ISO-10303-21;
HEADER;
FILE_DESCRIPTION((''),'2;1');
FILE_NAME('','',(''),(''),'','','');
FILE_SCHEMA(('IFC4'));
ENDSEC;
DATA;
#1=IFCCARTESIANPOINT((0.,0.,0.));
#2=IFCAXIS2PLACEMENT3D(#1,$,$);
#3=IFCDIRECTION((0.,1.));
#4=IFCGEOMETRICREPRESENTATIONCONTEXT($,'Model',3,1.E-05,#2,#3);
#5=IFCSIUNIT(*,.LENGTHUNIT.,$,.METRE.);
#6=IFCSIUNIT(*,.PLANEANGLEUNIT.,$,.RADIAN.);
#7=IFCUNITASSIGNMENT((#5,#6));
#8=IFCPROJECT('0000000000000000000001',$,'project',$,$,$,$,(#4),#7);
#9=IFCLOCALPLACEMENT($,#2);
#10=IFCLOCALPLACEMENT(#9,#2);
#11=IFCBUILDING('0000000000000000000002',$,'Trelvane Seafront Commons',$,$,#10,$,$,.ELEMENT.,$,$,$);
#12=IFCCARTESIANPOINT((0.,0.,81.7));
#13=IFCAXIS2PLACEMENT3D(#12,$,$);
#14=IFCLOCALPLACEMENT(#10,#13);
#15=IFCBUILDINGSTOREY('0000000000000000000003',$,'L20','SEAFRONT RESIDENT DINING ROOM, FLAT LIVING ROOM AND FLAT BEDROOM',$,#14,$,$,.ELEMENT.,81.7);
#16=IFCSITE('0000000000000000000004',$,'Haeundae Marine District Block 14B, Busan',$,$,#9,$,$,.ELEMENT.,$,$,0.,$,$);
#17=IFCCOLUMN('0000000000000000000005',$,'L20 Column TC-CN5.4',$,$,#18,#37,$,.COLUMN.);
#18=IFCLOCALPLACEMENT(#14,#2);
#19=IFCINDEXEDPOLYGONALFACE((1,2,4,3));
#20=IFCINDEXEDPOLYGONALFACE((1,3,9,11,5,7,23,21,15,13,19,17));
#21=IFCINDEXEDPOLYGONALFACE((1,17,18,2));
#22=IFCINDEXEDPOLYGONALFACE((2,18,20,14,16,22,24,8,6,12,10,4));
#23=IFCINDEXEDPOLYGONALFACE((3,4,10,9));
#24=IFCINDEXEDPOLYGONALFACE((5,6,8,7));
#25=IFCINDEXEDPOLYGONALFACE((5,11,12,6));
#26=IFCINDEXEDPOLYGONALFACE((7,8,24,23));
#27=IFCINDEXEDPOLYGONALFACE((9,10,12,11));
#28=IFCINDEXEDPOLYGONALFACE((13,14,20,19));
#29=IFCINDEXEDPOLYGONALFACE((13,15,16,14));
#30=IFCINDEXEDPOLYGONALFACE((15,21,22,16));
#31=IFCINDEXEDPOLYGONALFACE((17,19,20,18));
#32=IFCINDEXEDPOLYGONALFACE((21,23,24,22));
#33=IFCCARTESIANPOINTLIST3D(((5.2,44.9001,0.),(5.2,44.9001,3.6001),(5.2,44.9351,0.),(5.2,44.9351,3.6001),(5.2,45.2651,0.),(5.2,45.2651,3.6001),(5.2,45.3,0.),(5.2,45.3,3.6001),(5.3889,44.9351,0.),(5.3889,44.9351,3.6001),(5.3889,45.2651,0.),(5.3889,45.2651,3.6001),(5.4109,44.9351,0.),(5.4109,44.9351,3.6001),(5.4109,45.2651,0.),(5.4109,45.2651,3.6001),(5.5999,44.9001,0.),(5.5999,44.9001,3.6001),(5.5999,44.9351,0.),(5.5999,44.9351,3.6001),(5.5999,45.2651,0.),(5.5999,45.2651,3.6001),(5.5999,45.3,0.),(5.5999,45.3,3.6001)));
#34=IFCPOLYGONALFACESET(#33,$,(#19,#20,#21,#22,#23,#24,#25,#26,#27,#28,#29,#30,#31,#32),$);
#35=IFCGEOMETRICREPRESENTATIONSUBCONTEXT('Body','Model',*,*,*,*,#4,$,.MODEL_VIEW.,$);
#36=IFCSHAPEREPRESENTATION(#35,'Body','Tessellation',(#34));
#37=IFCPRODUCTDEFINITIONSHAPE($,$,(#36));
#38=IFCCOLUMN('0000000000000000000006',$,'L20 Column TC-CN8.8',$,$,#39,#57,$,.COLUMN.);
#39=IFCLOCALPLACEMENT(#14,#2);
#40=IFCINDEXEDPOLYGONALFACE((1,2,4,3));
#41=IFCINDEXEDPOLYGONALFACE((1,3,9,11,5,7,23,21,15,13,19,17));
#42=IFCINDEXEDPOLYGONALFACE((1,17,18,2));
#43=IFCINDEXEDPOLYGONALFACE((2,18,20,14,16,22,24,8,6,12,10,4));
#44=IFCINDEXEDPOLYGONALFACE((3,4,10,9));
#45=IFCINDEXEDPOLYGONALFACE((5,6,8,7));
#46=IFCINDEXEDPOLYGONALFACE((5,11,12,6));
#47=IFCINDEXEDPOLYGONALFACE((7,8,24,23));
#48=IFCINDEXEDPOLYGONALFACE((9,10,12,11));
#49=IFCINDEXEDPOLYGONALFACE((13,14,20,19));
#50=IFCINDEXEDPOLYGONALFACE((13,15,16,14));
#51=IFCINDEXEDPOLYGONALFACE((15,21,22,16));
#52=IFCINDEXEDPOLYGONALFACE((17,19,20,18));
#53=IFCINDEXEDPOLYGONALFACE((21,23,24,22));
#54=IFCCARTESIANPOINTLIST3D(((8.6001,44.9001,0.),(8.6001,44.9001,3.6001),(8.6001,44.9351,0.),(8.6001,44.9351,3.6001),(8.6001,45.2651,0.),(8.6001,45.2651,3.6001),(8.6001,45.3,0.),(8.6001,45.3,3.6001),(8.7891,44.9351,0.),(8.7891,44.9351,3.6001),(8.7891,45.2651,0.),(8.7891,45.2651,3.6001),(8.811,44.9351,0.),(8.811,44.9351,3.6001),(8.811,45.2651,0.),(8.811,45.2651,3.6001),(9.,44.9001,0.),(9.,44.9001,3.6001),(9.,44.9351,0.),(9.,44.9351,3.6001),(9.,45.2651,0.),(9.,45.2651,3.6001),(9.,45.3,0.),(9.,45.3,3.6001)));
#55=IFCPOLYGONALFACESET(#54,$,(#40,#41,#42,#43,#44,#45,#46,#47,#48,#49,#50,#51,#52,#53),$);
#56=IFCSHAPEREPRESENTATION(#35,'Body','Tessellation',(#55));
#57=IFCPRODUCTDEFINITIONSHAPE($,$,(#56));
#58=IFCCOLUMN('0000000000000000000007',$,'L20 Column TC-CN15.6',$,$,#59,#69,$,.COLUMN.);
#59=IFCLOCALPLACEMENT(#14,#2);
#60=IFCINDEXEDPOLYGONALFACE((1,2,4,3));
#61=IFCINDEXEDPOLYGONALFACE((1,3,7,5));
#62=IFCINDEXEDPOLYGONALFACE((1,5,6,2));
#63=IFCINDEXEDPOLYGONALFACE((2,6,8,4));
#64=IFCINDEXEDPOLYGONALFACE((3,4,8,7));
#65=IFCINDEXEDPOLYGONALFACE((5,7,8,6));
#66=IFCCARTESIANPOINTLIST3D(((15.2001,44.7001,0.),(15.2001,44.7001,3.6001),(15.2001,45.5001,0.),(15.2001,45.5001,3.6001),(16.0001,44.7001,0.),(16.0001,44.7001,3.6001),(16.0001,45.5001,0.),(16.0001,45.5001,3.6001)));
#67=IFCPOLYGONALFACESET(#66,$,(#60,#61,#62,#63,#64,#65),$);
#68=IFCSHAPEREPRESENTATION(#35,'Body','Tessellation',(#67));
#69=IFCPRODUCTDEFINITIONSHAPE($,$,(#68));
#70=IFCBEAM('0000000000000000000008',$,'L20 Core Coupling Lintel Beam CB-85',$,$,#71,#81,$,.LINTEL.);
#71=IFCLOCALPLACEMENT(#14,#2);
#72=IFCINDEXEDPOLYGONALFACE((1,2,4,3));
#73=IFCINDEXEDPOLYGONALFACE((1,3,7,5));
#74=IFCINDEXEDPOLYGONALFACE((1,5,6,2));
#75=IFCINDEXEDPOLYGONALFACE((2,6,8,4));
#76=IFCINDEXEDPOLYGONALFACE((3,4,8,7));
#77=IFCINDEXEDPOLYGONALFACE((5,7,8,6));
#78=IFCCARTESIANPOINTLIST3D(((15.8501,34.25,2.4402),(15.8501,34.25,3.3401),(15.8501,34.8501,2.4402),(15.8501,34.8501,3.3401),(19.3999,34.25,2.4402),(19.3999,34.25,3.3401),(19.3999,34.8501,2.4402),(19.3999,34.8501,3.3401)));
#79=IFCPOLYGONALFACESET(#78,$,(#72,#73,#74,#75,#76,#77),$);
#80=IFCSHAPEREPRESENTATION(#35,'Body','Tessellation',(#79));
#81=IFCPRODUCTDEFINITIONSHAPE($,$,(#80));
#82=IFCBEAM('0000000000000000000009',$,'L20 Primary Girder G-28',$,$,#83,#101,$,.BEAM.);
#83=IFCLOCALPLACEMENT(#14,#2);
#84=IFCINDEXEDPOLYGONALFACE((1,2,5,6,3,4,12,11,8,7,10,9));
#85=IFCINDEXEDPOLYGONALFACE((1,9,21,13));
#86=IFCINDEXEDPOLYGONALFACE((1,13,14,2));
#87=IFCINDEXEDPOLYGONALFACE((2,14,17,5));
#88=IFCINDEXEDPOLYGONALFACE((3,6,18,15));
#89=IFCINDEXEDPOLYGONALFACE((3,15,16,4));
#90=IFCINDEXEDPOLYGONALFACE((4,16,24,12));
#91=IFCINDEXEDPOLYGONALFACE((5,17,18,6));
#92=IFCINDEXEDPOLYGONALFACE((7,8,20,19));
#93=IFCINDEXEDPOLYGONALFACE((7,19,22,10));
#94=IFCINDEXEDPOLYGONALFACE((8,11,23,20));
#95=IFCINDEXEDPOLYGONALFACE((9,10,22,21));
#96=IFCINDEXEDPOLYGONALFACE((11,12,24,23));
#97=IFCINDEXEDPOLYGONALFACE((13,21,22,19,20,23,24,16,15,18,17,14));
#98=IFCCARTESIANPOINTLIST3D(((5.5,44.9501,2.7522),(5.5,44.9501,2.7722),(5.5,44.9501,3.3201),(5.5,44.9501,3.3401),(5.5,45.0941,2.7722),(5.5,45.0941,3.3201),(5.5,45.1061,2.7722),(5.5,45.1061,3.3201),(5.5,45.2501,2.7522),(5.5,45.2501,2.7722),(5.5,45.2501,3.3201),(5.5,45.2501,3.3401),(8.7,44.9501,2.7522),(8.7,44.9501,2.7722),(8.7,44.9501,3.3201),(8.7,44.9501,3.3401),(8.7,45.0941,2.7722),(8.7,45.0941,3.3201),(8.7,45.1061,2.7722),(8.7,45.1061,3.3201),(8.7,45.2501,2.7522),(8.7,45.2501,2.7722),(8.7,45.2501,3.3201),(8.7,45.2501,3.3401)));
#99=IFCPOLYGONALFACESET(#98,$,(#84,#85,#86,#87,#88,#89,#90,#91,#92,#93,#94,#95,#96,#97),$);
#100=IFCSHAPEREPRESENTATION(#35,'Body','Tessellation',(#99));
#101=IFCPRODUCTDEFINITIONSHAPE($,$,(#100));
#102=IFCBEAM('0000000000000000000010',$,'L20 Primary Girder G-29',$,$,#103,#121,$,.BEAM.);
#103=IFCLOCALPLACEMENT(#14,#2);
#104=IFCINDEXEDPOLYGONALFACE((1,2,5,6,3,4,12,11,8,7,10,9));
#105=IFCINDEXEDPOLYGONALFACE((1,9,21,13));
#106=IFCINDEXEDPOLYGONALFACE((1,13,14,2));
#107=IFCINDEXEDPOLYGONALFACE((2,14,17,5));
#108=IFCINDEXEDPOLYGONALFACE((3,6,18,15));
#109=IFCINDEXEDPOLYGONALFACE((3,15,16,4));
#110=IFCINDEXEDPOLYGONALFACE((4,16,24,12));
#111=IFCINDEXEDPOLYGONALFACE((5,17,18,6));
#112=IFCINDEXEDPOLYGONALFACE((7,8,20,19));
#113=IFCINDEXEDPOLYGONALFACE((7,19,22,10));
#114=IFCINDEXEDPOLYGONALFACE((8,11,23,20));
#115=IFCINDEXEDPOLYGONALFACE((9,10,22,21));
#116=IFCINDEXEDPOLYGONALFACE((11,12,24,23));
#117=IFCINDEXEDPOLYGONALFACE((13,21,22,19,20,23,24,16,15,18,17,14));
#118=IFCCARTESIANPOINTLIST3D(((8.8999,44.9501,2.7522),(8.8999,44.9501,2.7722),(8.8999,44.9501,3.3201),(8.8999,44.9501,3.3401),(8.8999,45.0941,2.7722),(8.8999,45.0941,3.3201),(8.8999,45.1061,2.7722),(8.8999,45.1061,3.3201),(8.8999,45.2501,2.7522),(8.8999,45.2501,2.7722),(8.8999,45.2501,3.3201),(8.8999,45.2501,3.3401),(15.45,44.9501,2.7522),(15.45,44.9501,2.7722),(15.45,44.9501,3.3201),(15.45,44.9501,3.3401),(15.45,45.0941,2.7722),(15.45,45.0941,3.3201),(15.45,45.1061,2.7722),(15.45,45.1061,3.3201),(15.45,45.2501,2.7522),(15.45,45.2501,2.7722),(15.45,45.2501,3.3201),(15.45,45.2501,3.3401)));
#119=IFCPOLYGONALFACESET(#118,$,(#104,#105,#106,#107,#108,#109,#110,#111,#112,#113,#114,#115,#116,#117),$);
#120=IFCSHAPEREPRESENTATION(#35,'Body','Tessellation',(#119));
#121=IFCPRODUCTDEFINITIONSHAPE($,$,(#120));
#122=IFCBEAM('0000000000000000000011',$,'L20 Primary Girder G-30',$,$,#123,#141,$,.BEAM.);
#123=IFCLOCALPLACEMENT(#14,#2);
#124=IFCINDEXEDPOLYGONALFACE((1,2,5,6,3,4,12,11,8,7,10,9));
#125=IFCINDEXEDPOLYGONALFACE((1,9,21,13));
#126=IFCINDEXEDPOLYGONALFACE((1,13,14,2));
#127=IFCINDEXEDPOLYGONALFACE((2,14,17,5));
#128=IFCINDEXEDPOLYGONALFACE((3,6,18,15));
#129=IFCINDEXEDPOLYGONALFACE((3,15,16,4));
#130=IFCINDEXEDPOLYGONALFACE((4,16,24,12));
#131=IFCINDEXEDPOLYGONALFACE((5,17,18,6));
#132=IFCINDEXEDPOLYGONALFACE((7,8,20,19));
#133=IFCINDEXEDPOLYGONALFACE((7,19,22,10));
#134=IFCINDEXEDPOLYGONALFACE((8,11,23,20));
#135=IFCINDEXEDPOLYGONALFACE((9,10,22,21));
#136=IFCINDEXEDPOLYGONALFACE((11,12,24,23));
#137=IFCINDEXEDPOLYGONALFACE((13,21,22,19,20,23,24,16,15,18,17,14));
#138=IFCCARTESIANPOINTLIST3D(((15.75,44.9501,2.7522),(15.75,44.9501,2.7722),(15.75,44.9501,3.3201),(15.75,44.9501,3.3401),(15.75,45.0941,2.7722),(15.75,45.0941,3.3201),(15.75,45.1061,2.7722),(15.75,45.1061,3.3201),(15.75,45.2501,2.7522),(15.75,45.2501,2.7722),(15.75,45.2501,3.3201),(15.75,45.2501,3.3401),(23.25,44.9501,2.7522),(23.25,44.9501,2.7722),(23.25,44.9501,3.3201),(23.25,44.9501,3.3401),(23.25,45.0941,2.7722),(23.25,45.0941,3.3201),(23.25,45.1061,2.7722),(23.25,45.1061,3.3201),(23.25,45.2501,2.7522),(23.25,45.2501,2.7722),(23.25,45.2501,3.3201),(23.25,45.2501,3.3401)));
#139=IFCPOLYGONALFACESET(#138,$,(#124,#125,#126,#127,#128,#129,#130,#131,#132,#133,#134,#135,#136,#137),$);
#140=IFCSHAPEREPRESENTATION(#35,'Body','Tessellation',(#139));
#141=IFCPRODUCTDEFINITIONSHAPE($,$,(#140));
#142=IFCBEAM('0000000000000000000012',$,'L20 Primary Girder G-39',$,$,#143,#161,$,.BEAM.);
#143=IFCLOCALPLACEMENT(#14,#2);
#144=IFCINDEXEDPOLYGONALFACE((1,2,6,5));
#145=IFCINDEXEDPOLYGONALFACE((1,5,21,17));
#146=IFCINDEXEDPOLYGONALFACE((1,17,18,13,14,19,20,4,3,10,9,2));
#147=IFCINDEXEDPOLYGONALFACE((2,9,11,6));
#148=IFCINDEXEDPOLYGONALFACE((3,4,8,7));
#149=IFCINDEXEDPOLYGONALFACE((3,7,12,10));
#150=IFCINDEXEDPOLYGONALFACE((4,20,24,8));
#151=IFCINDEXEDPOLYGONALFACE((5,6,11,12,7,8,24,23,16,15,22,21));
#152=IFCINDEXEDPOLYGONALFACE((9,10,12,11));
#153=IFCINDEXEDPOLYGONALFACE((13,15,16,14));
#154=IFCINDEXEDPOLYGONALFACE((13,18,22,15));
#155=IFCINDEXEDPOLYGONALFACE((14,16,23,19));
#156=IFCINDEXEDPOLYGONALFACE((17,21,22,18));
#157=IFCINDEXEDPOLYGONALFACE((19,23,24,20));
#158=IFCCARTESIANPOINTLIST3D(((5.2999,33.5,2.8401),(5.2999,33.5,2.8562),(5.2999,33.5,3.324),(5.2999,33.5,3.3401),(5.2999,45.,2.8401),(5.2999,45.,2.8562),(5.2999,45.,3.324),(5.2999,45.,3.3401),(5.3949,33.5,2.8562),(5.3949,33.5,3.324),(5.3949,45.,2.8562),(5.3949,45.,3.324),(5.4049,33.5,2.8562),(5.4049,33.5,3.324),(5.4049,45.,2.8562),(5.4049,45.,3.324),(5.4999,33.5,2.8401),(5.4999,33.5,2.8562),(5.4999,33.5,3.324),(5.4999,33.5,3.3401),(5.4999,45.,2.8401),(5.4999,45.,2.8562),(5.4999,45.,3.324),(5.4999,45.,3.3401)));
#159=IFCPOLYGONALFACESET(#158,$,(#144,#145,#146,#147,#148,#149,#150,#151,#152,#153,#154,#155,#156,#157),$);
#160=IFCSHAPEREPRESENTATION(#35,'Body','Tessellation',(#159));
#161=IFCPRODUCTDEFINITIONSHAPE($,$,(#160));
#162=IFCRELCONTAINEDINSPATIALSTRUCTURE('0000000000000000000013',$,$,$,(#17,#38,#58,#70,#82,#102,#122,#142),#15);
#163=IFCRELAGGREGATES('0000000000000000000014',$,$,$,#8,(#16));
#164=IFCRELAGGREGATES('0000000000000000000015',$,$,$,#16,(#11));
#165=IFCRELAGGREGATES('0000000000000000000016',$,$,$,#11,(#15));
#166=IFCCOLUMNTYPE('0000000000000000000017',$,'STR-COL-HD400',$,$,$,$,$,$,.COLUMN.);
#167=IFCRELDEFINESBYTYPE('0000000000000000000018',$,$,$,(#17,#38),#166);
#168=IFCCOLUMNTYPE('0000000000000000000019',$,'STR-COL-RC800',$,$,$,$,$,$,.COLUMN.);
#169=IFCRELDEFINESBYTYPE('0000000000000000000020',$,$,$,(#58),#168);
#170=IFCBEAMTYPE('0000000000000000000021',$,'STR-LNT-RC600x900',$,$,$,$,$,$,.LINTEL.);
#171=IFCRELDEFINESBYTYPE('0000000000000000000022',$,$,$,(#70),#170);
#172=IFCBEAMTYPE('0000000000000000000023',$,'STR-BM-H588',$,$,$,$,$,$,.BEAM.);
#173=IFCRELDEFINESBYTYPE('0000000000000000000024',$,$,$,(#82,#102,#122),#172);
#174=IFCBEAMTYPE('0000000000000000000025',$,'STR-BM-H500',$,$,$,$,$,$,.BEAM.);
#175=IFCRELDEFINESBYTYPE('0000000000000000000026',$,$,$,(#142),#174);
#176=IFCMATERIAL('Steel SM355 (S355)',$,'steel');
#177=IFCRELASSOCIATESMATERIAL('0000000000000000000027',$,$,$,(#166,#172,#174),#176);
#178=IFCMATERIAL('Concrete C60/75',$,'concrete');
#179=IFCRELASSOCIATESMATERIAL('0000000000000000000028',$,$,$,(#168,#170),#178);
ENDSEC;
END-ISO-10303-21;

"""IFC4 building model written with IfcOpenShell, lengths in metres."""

from ifc_helpers import new_model, si_unit, direction, frame, origin, origin_2d, place, context, subcontext, project, spatial, rectangle, i_section, extrude, source, transform, mapped, material, material_profile, profile_set, type_object, element, save


model = new_model("IFC4")

# Units and contexts
model_context = context("Model", 3, precision=1e-05, world=origin(), true_north=direction((0.0, 1.0)))
body_context = subcontext(model_context, "Body", "Model", "MODEL_VIEW")
ifc_project = project(units=[si_unit("LENGTHUNIT", "METRE"), si_unit("PLANEANGLEUNIT", "RADIAN")], contexts=[model_context])

# Site, building, storey
site_placement = place(None, origin())
site = spatial("IfcSite", under=ifc_project, at=site_placement, Name="Haeundae Marine District Block 14B, Busan", CompositionType="ELEMENT", RefElevation=0.0)
building_placement = place(site_placement, origin())
building = spatial("IfcBuilding", under=site, at=building_placement, Name="Trelvane Seafront Commons", CompositionType="ELEMENT")
storey_placement = place(building_placement, frame((0.0, 0.0, 81.7)))
storey = spatial("IfcBuildingStorey", under=building, at=storey_placement, Name="L20", Description="SEAFRONT RESIDENT DINING ROOM, FLAT LIVING ROOM AND FLAT BEDROOM", CompositionType="ELEMENT", Elevation=81.7)

# Columns
ifc_material_1 = material(Name="Steel SM355 (S355)", Category="steel")
ifc_material_profile_1 = material_profile(ifc_material_1, i_section(OverallWidth=0.3999, OverallDepth=0.3999, WebThickness=0.022, FlangeThickness=0.0349, at=origin_2d()), Name="HD-400x400x22x35")
ifc_profile_set_1 = profile_set([ifc_material_profile_1], Name="Steel SM355 (S355)")
column_type_1 = type_object("IfcColumnType", Name="STR-COL-HD400", PredefinedType="COLUMN", material=ifc_profile_set_1)
shared_shape_1 = source(origin(), body_context, "Body", "SweptSolid", [
    extrude(i_section(OverallWidth=0.3999, OverallDepth=0.3999, WebThickness=0.022, FlangeThickness=0.0349, at=origin_2d()), origin(), (0.0, 0.0, 1.0), 3.6001),
])
for number, where, z_axis, x_axis, name in (
    (1, (5.3999, 45.1001, 0.0), (0.0, 0.0, 1.0), (1.0, 0.0, 0.0), "L20 Column TC-CN5.4"),
    (2, (8.8, 45.1001, 0.0), (0.0, 0.0, 1.0), (1.0, 0.0, 0.0), "L20 Column TC-CN8.8"),
):
    element("IfcColumn", number, at=place(storey_placement, frame(where, z_axis=z_axis, x_axis=x_axis)), inside=storey, type_object=column_type_1, Name=name, PredefinedType="COLUMN", context=body_context, shape_type="MappedRepresentation", body=[
        mapped(shared_shape_1, transform((0.0, 0.0, 0.0), x_axis=(1.0, 0.0, 0.0), y_axis=(0.0, 1.0, 0.0), z_axis=(0.0, 0.0, 1.0), scale=1.0)),
    ])
ifc_material_2 = material(Name="Concrete C60/75", Category="concrete")
ifc_material_profile_2 = material_profile(ifc_material_2, rectangle(XDim=0.8, YDim=0.8, at=origin_2d()), Name="RC-800x800")
ifc_profile_set_2 = profile_set([ifc_material_profile_2], Name="Concrete C60/75")
column_type_2 = type_object("IfcColumnType", Name="STR-COL-RC800", PredefinedType="COLUMN", material=ifc_profile_set_2)
shared_shape_2 = source(origin(), body_context, "Body", "SweptSolid", [
    extrude(rectangle(XDim=0.8, YDim=0.8, at=origin_2d()), origin(), (0.0, 0.0, 1.0), 3.6001),
])
column_placement = place(storey_placement, frame((15.6001, 45.1001, 0.0), z_axis=(0.0, 0.0, 1.0), x_axis=(1.0, 0.0, 0.0)))
element("IfcColumn", 3, at=column_placement, inside=storey, type_object=column_type_2, Name="L20 Column TC-CN15.6", PredefinedType="COLUMN", context=body_context, shape_type="MappedRepresentation", body=[
    mapped(shared_shape_2, transform((0.0, 0.0, 0.0), x_axis=(1.0, 0.0, 0.0), y_axis=(0.0, 1.0, 0.0), z_axis=(0.0, 0.0, 1.0), scale=1.0)),
])

# Beams
ifc_material_profile_3 = material_profile(ifc_material_2, rectangle(XDim=0.6001, YDim=0.8999, at=origin_2d()), Name="RC-600x900")
ifc_profile_set_3 = profile_set([ifc_material_profile_3], Name="Concrete C60/75")
beam_type_1 = type_object("IfcBeamType", Name="STR-LNT-RC600x900", PredefinedType="LINTEL", material=ifc_profile_set_3)
shared_shape_3 = source(origin(), body_context, "Body", "SweptSolid", [
    extrude(rectangle(XDim=0.6001, YDim=0.8999, at=origin_2d()), origin(), (0.0, 0.0, 1.0), 3.5498),
])
beam_1_placement = place(storey_placement, frame((15.8501, 34.55, 2.8901), z_axis=(1.0, 0.0, 0.0), x_axis=(0.0, 1.0, 0.0)))
element("IfcBeam", 4, at=beam_1_placement, inside=storey, type_object=beam_type_1, Name="L20 Core Coupling Lintel Beam CB-85", PredefinedType="LINTEL", context=body_context, shape_type="MappedRepresentation", body=[
    mapped(shared_shape_3, transform((0.0, 0.0, 0.0), x_axis=(1.0, 0.0, 0.0), y_axis=(0.0, 1.0, 0.0), z_axis=(0.0, 0.0, 1.0), scale=1.0)),
])
ifc_material_profile_4 = material_profile(ifc_material_1, i_section(OverallWidth=0.3, OverallDepth=0.5879, WebThickness=0.012, FlangeThickness=0.02, at=origin_2d()), Name="H-588x300x12x20")
ifc_profile_set_4 = profile_set([ifc_material_profile_4], Name="Steel SM355 (S355)")
beam_type_2 = type_object("IfcBeamType", Name="STR-BM-H588", PredefinedType="BEAM", material=ifc_profile_set_4)
shared_shape_4 = source(origin(), body_context, "Body", "SweptSolid", [
    extrude(i_section(OverallWidth=0.3, OverallDepth=0.5879, WebThickness=0.012, FlangeThickness=0.02, at=origin_2d()), origin(), (0.0, 0.0, 1.0), 3.2),
])
beam_2_placement = place(storey_placement, frame((5.5, 45.1001, 3.0461), z_axis=(1.0, 0.0, 0.0), x_axis=(0.0, 1.0, 0.0)))
element("IfcBeam", 5, at=beam_2_placement, inside=storey, type_object=beam_type_2, Name="L20 Primary Girder G-28", PredefinedType="BEAM", context=body_context, shape_type="MappedRepresentation", body=[
    mapped(shared_shape_4, transform((0.0, 0.0, 0.0), x_axis=(1.0, 0.0, 0.0), y_axis=(0.0, 1.0, 0.0), z_axis=(0.0, 0.0, 1.0), scale=1.0)),
])
shared_shape_5 = source(origin(), body_context, "Body", "SweptSolid", [
    extrude(i_section(OverallWidth=0.3, OverallDepth=0.5879, WebThickness=0.012, FlangeThickness=0.02, at=origin_2d()), origin(), (0.0, 0.0, 1.0), 6.55),
])
beam_3_placement = place(storey_placement, frame((8.8999, 45.1001, 3.0461), z_axis=(1.0, 0.0, 0.0), x_axis=(0.0, 1.0, 0.0)))
element("IfcBeam", 6, at=beam_3_placement, inside=storey, type_object=beam_type_2, Name="L20 Primary Girder G-29", PredefinedType="BEAM", context=body_context, shape_type="MappedRepresentation", body=[
    mapped(shared_shape_5, transform((0.0, 0.0, 0.0), x_axis=(1.0, 0.0, 0.0), y_axis=(0.0, 1.0, 0.0), z_axis=(0.0, 0.0, 1.0), scale=1.0)),
])
shared_shape_6 = source(origin(), body_context, "Body", "SweptSolid", [
    extrude(i_section(OverallWidth=0.3, OverallDepth=0.5879, WebThickness=0.012, FlangeThickness=0.02, at=origin_2d()), origin(), (0.0, 0.0, 1.0), 7.5),
])
beam_4_placement = place(storey_placement, frame((15.75, 45.1001, 3.0461), z_axis=(1.0, 0.0, 0.0), x_axis=(0.0, 1.0, 0.0)))
element("IfcBeam", 7, at=beam_4_placement, inside=storey, type_object=beam_type_2, Name="L20 Primary Girder G-30", PredefinedType="BEAM", context=body_context, shape_type="MappedRepresentation", body=[
    mapped(shared_shape_6, transform((0.0, 0.0, 0.0), x_axis=(1.0, 0.0, 0.0), y_axis=(0.0, 1.0, 0.0), z_axis=(0.0, 0.0, 1.0), scale=1.0)),
])
ifc_material_profile_5 = material_profile(ifc_material_1, i_section(OverallWidth=0.2, OverallDepth=0.5, WebThickness=0.01, FlangeThickness=0.0161, at=origin_2d()), Name="H-500x200x10x16")
ifc_profile_set_5 = profile_set([ifc_material_profile_5], Name="Steel SM355 (S355)")
beam_type_3 = type_object("IfcBeamType", Name="STR-BM-H500", PredefinedType="BEAM", material=ifc_profile_set_5)
shared_shape_7 = source(origin(), body_context, "Body", "SweptSolid", [
    extrude(i_section(OverallWidth=0.2, OverallDepth=0.5, WebThickness=0.01, FlangeThickness=0.0161, at=origin_2d()), origin(), (0.0, 0.0, 1.0), 11.5),
])
for number, where, z_axis, x_axis, name in (
    (8, (5.3999, 33.5, 3.0901), (0.0, 1.0, 0.0), (-1.0, 0.0, 0.0), "L20 Primary Girder G-39"),
):
    element("IfcBeam", number, at=place(storey_placement, frame(where, z_axis=z_axis, x_axis=x_axis)), inside=storey, type_object=beam_type_3, Name=name, PredefinedType="BEAM", context=body_context, shape_type="MappedRepresentation", body=[
        mapped(shared_shape_7, transform((0.0, 0.0, 0.0), x_axis=(1.0, 0.0, 0.0), y_axis=(0.0, 1.0, 0.0), z_axis=(0.0, 0.0, 1.0), scale=1.0)),
    ])

save(model, "model.ifc")
